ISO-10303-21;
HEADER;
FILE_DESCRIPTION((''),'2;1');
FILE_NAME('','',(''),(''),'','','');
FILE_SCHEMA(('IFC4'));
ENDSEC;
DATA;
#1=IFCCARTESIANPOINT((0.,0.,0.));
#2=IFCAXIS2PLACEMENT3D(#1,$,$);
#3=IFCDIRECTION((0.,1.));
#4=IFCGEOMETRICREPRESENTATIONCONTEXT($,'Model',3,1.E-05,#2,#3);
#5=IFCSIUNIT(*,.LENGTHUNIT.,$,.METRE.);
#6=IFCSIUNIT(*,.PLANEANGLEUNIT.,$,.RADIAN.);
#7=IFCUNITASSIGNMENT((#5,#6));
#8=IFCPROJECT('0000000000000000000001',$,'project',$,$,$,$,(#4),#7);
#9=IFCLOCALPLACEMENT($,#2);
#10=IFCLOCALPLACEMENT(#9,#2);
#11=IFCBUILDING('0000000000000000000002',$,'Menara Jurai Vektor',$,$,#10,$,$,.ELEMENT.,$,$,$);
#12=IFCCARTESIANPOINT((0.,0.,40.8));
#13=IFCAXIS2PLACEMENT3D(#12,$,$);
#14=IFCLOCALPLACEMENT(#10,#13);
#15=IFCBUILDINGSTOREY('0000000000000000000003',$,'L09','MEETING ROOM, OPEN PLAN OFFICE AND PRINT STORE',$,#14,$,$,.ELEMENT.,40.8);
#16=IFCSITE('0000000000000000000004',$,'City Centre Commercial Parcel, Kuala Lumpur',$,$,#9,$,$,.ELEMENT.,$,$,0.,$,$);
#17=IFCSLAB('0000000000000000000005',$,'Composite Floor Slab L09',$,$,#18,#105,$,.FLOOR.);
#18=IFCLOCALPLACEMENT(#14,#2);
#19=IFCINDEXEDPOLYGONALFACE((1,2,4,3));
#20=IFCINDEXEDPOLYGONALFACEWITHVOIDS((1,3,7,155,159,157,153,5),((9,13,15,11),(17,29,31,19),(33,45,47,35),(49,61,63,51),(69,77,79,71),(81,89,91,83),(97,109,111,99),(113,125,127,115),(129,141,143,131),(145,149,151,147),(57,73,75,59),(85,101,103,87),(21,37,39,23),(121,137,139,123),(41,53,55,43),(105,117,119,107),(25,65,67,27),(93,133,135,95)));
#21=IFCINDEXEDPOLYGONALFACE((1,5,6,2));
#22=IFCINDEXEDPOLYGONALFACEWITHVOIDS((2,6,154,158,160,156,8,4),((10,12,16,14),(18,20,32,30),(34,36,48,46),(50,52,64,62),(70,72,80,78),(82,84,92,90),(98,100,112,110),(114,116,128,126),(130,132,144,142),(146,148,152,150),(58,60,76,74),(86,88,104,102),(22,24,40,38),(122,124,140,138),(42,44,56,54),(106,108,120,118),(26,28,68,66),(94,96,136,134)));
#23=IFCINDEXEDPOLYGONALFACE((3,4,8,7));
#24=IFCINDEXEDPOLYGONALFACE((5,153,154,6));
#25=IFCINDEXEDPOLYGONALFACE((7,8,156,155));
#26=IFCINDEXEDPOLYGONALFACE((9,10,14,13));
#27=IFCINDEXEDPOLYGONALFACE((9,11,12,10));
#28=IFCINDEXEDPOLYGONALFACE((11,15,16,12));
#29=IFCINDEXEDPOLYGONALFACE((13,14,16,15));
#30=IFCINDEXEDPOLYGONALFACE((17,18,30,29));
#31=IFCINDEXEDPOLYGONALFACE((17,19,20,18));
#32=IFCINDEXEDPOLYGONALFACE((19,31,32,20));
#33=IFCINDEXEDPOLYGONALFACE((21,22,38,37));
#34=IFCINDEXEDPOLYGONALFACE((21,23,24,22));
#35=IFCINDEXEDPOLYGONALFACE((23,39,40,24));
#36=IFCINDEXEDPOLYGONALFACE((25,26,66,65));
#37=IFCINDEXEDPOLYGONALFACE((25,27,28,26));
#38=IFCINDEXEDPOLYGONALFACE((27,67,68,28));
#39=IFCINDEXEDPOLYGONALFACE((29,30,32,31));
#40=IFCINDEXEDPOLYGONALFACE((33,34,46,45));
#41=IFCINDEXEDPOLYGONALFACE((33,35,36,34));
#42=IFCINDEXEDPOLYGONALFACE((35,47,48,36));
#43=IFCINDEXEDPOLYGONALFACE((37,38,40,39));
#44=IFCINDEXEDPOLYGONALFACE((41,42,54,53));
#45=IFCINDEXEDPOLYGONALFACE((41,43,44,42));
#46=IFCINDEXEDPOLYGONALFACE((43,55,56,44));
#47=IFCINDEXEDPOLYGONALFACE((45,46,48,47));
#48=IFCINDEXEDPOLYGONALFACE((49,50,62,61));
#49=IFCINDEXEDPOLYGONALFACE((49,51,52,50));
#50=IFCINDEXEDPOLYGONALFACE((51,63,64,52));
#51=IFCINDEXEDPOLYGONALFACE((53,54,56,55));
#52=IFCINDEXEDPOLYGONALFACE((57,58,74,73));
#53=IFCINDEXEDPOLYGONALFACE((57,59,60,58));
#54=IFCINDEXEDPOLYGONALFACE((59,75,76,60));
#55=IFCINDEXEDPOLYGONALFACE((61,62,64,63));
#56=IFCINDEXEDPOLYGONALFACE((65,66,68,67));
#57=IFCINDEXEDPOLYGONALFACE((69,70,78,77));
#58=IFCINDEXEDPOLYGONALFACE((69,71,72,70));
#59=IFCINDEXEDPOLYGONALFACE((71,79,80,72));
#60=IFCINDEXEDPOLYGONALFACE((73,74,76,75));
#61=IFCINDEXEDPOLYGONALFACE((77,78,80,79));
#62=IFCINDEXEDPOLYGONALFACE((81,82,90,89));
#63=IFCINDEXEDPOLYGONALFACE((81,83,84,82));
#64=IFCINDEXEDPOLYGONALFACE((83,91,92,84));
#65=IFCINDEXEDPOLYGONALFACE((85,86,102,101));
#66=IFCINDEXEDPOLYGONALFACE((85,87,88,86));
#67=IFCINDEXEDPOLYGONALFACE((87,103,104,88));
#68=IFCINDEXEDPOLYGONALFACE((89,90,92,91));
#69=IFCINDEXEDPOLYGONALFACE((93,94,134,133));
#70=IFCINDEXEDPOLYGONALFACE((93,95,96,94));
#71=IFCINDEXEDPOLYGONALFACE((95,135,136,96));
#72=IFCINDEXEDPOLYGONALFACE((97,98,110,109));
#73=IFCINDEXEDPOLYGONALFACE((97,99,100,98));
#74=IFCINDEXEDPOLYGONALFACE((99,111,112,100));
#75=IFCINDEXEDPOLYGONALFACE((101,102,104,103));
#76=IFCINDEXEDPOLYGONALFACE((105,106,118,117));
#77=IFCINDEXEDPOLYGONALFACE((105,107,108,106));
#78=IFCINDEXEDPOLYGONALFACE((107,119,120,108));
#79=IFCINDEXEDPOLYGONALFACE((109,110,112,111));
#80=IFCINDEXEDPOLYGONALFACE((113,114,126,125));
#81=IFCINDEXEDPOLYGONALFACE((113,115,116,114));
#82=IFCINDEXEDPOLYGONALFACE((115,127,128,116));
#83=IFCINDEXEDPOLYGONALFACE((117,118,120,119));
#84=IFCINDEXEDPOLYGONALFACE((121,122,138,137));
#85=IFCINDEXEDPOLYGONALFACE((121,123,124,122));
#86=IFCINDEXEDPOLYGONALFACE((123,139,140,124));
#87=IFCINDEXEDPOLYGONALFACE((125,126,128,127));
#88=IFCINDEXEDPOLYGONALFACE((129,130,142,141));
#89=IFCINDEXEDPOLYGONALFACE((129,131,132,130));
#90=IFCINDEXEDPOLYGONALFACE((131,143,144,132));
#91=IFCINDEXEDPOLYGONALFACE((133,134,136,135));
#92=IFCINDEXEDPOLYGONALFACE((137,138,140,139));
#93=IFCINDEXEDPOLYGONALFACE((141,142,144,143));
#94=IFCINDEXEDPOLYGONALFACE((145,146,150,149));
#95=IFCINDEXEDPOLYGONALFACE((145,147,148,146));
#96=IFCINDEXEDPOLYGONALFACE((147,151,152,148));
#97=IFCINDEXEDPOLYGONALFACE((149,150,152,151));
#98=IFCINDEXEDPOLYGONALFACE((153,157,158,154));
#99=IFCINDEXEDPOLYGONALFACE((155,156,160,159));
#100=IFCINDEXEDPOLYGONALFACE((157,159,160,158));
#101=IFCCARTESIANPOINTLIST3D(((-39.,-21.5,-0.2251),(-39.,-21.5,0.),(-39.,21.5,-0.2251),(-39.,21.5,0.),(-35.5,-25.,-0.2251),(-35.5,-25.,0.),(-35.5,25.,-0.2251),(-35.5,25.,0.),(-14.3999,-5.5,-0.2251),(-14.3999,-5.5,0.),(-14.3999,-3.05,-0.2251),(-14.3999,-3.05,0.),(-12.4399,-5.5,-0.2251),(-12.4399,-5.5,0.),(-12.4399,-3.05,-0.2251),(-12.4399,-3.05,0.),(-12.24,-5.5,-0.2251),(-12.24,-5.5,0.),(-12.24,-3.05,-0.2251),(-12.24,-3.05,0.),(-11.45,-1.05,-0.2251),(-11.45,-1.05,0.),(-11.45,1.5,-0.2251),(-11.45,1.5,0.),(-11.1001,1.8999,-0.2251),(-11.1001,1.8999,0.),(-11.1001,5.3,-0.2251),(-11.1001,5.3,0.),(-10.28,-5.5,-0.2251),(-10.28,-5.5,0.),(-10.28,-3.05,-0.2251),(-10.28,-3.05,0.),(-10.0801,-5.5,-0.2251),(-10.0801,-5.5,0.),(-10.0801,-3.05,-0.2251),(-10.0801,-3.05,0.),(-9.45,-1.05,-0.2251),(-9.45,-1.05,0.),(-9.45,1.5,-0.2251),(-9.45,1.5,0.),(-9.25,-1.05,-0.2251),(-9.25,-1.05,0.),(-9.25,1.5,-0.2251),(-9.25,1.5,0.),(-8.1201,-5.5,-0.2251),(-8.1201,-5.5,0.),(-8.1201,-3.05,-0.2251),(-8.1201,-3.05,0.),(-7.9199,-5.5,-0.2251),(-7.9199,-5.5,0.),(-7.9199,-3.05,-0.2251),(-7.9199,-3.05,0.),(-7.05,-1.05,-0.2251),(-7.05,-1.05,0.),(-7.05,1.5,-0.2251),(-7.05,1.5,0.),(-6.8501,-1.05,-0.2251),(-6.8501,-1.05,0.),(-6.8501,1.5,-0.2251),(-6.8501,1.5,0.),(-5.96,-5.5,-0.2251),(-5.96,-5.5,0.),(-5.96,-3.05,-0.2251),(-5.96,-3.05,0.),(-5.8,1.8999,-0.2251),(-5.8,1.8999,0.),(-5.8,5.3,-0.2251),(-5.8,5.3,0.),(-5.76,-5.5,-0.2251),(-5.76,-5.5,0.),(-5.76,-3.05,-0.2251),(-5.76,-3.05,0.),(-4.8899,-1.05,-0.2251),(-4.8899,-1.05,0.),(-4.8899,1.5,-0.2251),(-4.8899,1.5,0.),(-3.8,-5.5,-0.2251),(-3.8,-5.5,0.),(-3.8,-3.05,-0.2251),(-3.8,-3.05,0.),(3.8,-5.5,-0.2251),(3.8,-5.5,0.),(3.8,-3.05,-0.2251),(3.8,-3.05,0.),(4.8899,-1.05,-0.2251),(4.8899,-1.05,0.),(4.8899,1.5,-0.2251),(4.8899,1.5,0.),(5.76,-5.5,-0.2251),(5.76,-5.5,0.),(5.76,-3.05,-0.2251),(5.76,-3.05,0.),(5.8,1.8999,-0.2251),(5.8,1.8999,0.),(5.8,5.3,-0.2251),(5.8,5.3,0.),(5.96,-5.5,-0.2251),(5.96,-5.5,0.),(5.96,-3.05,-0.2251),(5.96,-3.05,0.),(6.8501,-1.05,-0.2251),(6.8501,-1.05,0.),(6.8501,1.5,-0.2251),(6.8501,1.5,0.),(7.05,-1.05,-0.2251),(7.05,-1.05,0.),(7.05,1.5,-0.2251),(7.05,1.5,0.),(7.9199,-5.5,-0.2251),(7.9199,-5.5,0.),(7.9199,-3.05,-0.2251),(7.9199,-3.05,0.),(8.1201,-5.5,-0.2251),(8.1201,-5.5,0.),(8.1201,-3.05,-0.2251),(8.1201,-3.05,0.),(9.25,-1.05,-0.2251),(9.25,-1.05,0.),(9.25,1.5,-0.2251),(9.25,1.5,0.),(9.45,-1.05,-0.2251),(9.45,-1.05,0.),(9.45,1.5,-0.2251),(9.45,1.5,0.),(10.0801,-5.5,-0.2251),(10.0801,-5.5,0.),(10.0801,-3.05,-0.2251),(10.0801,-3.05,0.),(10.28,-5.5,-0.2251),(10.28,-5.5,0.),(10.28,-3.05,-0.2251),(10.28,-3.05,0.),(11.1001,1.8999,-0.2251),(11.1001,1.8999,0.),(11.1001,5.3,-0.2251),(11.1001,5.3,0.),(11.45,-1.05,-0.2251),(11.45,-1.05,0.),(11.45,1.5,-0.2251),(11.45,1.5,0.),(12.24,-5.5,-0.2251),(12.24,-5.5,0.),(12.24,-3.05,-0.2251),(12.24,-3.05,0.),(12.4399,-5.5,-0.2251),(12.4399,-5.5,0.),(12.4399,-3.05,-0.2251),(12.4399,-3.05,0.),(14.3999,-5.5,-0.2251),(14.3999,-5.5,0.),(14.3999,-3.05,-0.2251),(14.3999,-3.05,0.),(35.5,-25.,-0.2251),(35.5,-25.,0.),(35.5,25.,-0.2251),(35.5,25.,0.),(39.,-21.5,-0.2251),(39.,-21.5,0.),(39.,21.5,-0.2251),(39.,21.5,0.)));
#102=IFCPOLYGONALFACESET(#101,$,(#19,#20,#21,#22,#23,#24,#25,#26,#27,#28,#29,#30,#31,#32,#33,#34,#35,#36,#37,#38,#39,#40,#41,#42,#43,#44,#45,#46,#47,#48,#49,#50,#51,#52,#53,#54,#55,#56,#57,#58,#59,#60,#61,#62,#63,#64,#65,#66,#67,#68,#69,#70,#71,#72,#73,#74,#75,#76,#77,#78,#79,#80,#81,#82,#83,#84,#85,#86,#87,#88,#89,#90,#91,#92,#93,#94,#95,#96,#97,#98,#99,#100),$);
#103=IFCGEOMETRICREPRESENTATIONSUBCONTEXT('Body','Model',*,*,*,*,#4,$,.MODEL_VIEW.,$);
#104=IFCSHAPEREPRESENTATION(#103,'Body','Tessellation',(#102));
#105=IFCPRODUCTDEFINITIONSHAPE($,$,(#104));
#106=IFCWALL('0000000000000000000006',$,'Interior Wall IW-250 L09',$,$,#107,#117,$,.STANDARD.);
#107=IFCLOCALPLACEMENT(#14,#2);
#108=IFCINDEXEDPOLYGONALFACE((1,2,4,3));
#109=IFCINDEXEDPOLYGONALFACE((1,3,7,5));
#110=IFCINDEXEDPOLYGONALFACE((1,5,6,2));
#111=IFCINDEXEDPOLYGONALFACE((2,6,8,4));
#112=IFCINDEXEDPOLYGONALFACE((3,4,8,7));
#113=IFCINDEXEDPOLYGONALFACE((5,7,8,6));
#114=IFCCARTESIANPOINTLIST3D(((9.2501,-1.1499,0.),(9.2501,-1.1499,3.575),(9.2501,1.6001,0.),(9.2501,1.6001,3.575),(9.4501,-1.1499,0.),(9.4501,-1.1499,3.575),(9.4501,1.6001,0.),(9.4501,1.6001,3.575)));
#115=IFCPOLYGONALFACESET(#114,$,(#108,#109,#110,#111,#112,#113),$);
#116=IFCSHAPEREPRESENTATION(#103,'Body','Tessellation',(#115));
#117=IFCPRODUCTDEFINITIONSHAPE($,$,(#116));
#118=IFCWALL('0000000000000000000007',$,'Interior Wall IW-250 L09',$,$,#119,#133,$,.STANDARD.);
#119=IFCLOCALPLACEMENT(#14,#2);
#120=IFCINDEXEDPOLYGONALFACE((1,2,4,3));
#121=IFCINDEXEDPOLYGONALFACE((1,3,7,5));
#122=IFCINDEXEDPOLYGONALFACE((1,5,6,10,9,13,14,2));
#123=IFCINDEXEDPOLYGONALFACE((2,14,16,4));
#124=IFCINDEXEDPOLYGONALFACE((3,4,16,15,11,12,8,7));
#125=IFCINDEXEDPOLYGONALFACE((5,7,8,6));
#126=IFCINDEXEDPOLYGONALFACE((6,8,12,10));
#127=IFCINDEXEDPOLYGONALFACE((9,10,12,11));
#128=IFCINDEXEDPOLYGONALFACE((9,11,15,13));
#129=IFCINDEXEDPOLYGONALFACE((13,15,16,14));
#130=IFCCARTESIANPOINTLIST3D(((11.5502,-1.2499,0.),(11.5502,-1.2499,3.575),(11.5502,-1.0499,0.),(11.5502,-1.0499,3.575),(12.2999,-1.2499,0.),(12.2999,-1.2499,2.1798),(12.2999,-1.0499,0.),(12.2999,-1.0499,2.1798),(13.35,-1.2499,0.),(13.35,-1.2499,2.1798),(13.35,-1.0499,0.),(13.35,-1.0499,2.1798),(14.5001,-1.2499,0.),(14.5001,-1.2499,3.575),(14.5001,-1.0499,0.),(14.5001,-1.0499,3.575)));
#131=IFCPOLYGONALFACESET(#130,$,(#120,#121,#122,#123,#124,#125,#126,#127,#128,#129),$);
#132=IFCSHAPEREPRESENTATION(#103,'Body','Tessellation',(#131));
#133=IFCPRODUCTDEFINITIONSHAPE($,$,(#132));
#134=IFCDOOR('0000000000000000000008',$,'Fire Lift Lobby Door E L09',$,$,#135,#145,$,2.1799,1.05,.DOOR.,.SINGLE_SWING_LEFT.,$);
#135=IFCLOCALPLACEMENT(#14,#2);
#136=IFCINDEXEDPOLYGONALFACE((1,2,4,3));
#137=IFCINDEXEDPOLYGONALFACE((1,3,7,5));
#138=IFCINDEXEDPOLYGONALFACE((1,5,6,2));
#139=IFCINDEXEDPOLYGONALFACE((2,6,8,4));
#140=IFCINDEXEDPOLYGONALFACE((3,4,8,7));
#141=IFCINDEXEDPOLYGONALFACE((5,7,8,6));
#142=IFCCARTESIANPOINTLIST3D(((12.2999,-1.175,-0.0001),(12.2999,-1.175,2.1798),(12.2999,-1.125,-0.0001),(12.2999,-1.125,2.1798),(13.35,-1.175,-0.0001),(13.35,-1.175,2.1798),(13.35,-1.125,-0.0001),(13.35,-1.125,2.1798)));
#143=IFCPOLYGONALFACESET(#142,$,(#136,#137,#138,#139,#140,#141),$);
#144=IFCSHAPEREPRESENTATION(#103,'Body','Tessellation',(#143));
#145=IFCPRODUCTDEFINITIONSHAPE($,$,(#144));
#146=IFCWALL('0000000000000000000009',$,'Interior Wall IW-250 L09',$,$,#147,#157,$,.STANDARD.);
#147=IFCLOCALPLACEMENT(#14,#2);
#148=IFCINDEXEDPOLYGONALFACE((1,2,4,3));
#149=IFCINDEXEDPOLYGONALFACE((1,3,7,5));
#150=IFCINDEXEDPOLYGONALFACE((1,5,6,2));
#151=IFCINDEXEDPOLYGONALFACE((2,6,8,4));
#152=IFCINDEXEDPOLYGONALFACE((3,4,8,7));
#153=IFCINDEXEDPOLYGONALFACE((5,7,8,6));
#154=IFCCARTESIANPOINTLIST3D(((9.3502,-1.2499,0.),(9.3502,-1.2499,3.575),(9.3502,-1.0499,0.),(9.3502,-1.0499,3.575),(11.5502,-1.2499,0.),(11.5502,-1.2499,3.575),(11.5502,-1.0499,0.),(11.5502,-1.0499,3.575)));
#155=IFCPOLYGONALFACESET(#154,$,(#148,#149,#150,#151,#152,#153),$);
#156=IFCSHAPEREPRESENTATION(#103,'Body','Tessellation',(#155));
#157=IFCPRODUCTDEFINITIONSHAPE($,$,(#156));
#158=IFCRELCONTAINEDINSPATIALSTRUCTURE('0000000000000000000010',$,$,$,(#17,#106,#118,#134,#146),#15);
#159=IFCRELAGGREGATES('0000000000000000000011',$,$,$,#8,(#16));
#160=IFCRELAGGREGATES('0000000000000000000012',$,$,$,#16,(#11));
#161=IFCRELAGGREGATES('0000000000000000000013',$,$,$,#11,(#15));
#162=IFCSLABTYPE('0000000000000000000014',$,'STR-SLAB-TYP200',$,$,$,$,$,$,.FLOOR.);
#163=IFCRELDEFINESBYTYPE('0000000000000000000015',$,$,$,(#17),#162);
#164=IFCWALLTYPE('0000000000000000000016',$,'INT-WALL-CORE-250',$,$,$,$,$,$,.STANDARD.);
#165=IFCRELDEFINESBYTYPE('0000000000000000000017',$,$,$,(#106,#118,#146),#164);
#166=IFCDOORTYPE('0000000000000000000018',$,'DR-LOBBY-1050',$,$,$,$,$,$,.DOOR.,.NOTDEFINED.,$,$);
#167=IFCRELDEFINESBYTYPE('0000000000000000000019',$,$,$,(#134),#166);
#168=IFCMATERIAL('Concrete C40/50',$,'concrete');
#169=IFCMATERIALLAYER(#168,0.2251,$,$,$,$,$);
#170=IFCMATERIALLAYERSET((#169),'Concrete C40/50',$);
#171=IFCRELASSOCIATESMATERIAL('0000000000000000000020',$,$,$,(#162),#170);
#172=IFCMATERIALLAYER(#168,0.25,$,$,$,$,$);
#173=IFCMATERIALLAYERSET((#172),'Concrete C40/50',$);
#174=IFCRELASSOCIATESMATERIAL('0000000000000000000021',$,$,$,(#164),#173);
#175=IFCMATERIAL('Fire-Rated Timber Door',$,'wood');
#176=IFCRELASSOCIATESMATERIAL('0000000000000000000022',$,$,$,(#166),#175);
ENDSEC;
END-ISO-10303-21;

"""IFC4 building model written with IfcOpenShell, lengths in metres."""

from ifc_helpers import new_model, si_unit, direction, frame, frame_2d, origin, place, context, subcontext, project, spatial, polyline, rectangle, outline, extrude, material, layer, layer_set, type_object, element, fill, save


model = new_model("IFC4")

# Units and contexts
model_context = context("Model", 3, precision=1e-05, world=origin(), true_north=direction((0.0, 1.0)))
body_context = subcontext(model_context, "Body", "Model", "MODEL_VIEW")
ifc_project = project(units=[si_unit("LENGTHUNIT", "METRE"), si_unit("PLANEANGLEUNIT", "RADIAN")], contexts=[model_context])

# Site, building, storey
site_placement = place(None, origin())
site = spatial("IfcSite", under=ifc_project, at=site_placement, Name="City Centre Commercial Parcel, Kuala Lumpur", CompositionType="ELEMENT", RefElevation=0.0)
building_placement = place(site_placement, origin())
building = spatial("IfcBuilding", under=site, at=building_placement, Name="Menara Jurai Vektor", CompositionType="ELEMENT")
storey_placement = place(building_placement, frame((0.0, 0.0, 40.8)))
storey = spatial("IfcBuildingStorey", under=building, at=storey_placement, Name="L09", Description="MEETING ROOM, OPEN PLAN OFFICE AND PRINT STORE", CompositionType="ELEMENT", Elevation=40.8)

# Shared definitions
ifc_material_1 = material(Name="Concrete C40/50", Category="concrete")

# Slab
ifc_layer_1 = layer(ifc_material_1, 0.2251)
ifc_layer_set_1 = layer_set([ifc_layer_1], Name="Concrete C40/50")
slab_type_1 = type_object("IfcSlabType", Name="STR-SLAB-TYP200", PredefinedType="FLOOR", material=ifc_layer_set_1)
slab_1_placement = place(storey_placement, frame((0.0, 0.0, -0.2251)))
element("IfcSlab", 1, at=slab_1_placement, inside=storey, type_object=slab_type_1, Name="Composite Floor Slab L09", PredefinedType="FLOOR", context=body_context, shape_type="SweptSolid", body=[
    extrude(outline(polyline([(-35.5, -25.0), (35.5, -25.0), (39.0, -21.5), (39.0, 21.5), (35.5, 25.0), (-35.5, 25.0), (-39.0, 21.5), (-39.0, -21.5), (-35.5, -25.0)]), holes=[polyline([(-11.1001, 1.8999), (-11.1001, 5.3), (-5.8, 5.3), (-5.8, 1.8999), (-11.1001, 1.8999)]), polyline([(5.8, 1.8999), (5.8, 5.3), (11.1001, 5.3), (11.1001, 1.8999), (5.8, 1.8999)]), polyline([(-11.45, -1.05), (-11.45, 1.5), (-9.45, 1.5), (-9.45, -1.05), (-11.45, -1.05)]), polyline([(9.45, -1.05), (9.45, 1.5), (11.45, 1.5), (11.45, -1.05), (9.45, -1.05)]), polyline([(-5.76, -5.5), (-5.76, -3.05), (-3.8, -3.05), (-3.8, -5.5), (-5.76, -5.5)]), polyline([(-6.8501, -1.05), (-6.8501, 1.5), (-4.8899, 1.5), (-4.8899, -1.05), (-6.8501, -1.05)]), polyline([(3.8, -5.5), (3.8, -3.05), (5.76, -3.05), (5.76, -5.5), (3.8, -5.5)]), polyline([(4.8899, -1.05), (4.8899, 1.5), (6.8501, 1.5), (6.8501, -1.05), (4.8899, -1.05)]), polyline([(-14.3999, -5.5), (-14.3999, -3.05), (-12.4399, -3.05), (-12.4399, -5.5), (-14.3999, -5.5)]), polyline([(-12.24, -5.5), (-12.24, -3.05), (-10.28, -3.05), (-10.28, -5.5), (-12.24, -5.5)]), polyline([(10.28, -5.5), (10.28, -3.05), (12.24, -3.05), (12.24, -5.5), (10.28, -5.5)]), polyline([(12.4399, -5.5), (12.4399, -3.05), (14.3999, -3.05), (14.3999, -5.5), (12.4399, -5.5)]), polyline([(-10.0801, -5.5), (-10.0801, -3.05), (-8.1201, -3.05), (-8.1201, -5.5), (-10.0801, -5.5)]), polyline([(-7.9199, -5.5), (-7.9199, -3.05), (-5.96, -3.05), (-5.96, -5.5), (-7.9199, -5.5)]), polyline([(5.96, -5.5), (5.96, -3.05), (7.9199, -3.05), (7.9199, -5.5), (5.96, -5.5)]), polyline([(8.1201, -5.5), (8.1201, -3.05), (10.0801, -3.05), (10.0801, -5.5), (8.1201, -5.5)]), polyline([(-9.25, -1.05), (-9.25, 1.5), (-7.05, 1.5), (-7.05, -1.05), (-9.25, -1.05)]), polyline([(7.05, -1.05), (7.05, 1.5), (9.25, 1.5), (9.25, -1.05), (7.05, -1.05)])]), origin(), (0.0, 0.0, 1.0), 0.2251),
])

# Shared definitions
ifc_layer_2 = layer(ifc_material_1, 0.25)
ifc_layer_set_2 = layer_set([ifc_layer_2], Name="Concrete C40/50")
wall_type_1 = type_object("IfcWallType", Name="INT-WALL-CORE-250", PredefinedType="STANDARD", material=ifc_layer_set_2)

# Wall
wall_1_placement = place(storey_placement, frame((9.3501, -1.1499, 0.0), z_axis=(0.0, 0.0, 1.0), x_axis=(0.0, 1.0, 0.0)))
element("IfcWall", 2, at=wall_1_placement, inside=storey, type_object=wall_type_1, Name="Interior Wall IW-250 L09", PredefinedType="STANDARD", context=body_context, shape_type="SweptSolid", body=[
    extrude(rectangle(XDim=2.75, YDim=0.2, at=frame_2d((1.375, 0.0))), origin(), (0.0, 0.0, 1.0), 3.575),
])

# Wall, opening, door
wall_2_placement = place(storey_placement, frame((11.55, -1.1499, 0.0), z_axis=(0.0, 0.0, 1.0), x_axis=(1.0, 0.0, 0.0)))
wall_2 = element("IfcWall", 3, at=wall_2_placement, inside=storey, type_object=wall_type_1, Name="Interior Wall IW-250 L09", PredefinedType="STANDARD", context=body_context, shape_type="SweptSolid", body=[
    extrude(rectangle(XDim=2.95, YDim=0.2, at=frame_2d((1.4751, 0.0))), origin(), (0.0, 0.0, 1.0), 3.575),
])
opening_1_placement = place(wall_2_placement, frame((0.75, 0.0, 0.0)))
opening_1 = element("IfcOpeningElement", 4, at=opening_1_placement, cuts=wall_2, PredefinedType="OPENING", context=body_context, shape_type="SweptSolid", body=[
    extrude(rectangle(XDim=1.05, YDim=2.1799, at=frame_2d((0.5249, 1.0898))), frame((0.0, 0.1099, 0.0), z_axis=(0.0, -1.0, 0.0), x_axis=(1.0, 0.0, 0.0)), (0.0, 0.0, 1.0), 0.22),
])
ifc_material_2 = material(Name="Fire-Rated Timber Door", Category="wood")
door_type_1 = type_object("IfcDoorType", Name="DR-LOBBY-1050", OperationType="NOTDEFINED", PredefinedType="DOOR", material=ifc_material_2)
door_1_placement = place(opening_1_placement, origin())
door_1 = element("IfcDoor", 5, at=door_1_placement, inside=storey, type_object=door_type_1, Name="Fire Lift Lobby Door E L09", OperationType="SINGLE_SWING_LEFT", OverallHeight=2.1799, OverallWidth=1.05, PredefinedType="DOOR", context=body_context, shape_type="SweptSolid", body=[
    extrude(rectangle(XDim=1.05, YDim=2.1799, at=frame_2d((0.5249, 1.0898))), frame((0.0, 0.0249, 0.0), z_axis=(0.0, -1.0, 0.0), x_axis=(1.0, 0.0, 0.0)), (0.0, 0.0, 1.0), 0.05),
])
fill(opening_1, door_1)

# Wall
wall_3_placement = place(storey_placement, frame((9.3501, -1.1499, 0.0), z_axis=(0.0, 0.0, 1.0), x_axis=(1.0, 0.0, 0.0)))
element("IfcWall", 6, at=wall_3_placement, inside=storey, type_object=wall_type_1, Name="Interior Wall IW-250 L09", PredefinedType="STANDARD", context=body_context, shape_type="SweptSolid", body=[
    extrude(rectangle(XDim=2.2, YDim=0.2, at=frame_2d((1.1001, 0.0))), origin(), (0.0, 0.0, 1.0), 3.575),
])

save(model, "model.ifc")
